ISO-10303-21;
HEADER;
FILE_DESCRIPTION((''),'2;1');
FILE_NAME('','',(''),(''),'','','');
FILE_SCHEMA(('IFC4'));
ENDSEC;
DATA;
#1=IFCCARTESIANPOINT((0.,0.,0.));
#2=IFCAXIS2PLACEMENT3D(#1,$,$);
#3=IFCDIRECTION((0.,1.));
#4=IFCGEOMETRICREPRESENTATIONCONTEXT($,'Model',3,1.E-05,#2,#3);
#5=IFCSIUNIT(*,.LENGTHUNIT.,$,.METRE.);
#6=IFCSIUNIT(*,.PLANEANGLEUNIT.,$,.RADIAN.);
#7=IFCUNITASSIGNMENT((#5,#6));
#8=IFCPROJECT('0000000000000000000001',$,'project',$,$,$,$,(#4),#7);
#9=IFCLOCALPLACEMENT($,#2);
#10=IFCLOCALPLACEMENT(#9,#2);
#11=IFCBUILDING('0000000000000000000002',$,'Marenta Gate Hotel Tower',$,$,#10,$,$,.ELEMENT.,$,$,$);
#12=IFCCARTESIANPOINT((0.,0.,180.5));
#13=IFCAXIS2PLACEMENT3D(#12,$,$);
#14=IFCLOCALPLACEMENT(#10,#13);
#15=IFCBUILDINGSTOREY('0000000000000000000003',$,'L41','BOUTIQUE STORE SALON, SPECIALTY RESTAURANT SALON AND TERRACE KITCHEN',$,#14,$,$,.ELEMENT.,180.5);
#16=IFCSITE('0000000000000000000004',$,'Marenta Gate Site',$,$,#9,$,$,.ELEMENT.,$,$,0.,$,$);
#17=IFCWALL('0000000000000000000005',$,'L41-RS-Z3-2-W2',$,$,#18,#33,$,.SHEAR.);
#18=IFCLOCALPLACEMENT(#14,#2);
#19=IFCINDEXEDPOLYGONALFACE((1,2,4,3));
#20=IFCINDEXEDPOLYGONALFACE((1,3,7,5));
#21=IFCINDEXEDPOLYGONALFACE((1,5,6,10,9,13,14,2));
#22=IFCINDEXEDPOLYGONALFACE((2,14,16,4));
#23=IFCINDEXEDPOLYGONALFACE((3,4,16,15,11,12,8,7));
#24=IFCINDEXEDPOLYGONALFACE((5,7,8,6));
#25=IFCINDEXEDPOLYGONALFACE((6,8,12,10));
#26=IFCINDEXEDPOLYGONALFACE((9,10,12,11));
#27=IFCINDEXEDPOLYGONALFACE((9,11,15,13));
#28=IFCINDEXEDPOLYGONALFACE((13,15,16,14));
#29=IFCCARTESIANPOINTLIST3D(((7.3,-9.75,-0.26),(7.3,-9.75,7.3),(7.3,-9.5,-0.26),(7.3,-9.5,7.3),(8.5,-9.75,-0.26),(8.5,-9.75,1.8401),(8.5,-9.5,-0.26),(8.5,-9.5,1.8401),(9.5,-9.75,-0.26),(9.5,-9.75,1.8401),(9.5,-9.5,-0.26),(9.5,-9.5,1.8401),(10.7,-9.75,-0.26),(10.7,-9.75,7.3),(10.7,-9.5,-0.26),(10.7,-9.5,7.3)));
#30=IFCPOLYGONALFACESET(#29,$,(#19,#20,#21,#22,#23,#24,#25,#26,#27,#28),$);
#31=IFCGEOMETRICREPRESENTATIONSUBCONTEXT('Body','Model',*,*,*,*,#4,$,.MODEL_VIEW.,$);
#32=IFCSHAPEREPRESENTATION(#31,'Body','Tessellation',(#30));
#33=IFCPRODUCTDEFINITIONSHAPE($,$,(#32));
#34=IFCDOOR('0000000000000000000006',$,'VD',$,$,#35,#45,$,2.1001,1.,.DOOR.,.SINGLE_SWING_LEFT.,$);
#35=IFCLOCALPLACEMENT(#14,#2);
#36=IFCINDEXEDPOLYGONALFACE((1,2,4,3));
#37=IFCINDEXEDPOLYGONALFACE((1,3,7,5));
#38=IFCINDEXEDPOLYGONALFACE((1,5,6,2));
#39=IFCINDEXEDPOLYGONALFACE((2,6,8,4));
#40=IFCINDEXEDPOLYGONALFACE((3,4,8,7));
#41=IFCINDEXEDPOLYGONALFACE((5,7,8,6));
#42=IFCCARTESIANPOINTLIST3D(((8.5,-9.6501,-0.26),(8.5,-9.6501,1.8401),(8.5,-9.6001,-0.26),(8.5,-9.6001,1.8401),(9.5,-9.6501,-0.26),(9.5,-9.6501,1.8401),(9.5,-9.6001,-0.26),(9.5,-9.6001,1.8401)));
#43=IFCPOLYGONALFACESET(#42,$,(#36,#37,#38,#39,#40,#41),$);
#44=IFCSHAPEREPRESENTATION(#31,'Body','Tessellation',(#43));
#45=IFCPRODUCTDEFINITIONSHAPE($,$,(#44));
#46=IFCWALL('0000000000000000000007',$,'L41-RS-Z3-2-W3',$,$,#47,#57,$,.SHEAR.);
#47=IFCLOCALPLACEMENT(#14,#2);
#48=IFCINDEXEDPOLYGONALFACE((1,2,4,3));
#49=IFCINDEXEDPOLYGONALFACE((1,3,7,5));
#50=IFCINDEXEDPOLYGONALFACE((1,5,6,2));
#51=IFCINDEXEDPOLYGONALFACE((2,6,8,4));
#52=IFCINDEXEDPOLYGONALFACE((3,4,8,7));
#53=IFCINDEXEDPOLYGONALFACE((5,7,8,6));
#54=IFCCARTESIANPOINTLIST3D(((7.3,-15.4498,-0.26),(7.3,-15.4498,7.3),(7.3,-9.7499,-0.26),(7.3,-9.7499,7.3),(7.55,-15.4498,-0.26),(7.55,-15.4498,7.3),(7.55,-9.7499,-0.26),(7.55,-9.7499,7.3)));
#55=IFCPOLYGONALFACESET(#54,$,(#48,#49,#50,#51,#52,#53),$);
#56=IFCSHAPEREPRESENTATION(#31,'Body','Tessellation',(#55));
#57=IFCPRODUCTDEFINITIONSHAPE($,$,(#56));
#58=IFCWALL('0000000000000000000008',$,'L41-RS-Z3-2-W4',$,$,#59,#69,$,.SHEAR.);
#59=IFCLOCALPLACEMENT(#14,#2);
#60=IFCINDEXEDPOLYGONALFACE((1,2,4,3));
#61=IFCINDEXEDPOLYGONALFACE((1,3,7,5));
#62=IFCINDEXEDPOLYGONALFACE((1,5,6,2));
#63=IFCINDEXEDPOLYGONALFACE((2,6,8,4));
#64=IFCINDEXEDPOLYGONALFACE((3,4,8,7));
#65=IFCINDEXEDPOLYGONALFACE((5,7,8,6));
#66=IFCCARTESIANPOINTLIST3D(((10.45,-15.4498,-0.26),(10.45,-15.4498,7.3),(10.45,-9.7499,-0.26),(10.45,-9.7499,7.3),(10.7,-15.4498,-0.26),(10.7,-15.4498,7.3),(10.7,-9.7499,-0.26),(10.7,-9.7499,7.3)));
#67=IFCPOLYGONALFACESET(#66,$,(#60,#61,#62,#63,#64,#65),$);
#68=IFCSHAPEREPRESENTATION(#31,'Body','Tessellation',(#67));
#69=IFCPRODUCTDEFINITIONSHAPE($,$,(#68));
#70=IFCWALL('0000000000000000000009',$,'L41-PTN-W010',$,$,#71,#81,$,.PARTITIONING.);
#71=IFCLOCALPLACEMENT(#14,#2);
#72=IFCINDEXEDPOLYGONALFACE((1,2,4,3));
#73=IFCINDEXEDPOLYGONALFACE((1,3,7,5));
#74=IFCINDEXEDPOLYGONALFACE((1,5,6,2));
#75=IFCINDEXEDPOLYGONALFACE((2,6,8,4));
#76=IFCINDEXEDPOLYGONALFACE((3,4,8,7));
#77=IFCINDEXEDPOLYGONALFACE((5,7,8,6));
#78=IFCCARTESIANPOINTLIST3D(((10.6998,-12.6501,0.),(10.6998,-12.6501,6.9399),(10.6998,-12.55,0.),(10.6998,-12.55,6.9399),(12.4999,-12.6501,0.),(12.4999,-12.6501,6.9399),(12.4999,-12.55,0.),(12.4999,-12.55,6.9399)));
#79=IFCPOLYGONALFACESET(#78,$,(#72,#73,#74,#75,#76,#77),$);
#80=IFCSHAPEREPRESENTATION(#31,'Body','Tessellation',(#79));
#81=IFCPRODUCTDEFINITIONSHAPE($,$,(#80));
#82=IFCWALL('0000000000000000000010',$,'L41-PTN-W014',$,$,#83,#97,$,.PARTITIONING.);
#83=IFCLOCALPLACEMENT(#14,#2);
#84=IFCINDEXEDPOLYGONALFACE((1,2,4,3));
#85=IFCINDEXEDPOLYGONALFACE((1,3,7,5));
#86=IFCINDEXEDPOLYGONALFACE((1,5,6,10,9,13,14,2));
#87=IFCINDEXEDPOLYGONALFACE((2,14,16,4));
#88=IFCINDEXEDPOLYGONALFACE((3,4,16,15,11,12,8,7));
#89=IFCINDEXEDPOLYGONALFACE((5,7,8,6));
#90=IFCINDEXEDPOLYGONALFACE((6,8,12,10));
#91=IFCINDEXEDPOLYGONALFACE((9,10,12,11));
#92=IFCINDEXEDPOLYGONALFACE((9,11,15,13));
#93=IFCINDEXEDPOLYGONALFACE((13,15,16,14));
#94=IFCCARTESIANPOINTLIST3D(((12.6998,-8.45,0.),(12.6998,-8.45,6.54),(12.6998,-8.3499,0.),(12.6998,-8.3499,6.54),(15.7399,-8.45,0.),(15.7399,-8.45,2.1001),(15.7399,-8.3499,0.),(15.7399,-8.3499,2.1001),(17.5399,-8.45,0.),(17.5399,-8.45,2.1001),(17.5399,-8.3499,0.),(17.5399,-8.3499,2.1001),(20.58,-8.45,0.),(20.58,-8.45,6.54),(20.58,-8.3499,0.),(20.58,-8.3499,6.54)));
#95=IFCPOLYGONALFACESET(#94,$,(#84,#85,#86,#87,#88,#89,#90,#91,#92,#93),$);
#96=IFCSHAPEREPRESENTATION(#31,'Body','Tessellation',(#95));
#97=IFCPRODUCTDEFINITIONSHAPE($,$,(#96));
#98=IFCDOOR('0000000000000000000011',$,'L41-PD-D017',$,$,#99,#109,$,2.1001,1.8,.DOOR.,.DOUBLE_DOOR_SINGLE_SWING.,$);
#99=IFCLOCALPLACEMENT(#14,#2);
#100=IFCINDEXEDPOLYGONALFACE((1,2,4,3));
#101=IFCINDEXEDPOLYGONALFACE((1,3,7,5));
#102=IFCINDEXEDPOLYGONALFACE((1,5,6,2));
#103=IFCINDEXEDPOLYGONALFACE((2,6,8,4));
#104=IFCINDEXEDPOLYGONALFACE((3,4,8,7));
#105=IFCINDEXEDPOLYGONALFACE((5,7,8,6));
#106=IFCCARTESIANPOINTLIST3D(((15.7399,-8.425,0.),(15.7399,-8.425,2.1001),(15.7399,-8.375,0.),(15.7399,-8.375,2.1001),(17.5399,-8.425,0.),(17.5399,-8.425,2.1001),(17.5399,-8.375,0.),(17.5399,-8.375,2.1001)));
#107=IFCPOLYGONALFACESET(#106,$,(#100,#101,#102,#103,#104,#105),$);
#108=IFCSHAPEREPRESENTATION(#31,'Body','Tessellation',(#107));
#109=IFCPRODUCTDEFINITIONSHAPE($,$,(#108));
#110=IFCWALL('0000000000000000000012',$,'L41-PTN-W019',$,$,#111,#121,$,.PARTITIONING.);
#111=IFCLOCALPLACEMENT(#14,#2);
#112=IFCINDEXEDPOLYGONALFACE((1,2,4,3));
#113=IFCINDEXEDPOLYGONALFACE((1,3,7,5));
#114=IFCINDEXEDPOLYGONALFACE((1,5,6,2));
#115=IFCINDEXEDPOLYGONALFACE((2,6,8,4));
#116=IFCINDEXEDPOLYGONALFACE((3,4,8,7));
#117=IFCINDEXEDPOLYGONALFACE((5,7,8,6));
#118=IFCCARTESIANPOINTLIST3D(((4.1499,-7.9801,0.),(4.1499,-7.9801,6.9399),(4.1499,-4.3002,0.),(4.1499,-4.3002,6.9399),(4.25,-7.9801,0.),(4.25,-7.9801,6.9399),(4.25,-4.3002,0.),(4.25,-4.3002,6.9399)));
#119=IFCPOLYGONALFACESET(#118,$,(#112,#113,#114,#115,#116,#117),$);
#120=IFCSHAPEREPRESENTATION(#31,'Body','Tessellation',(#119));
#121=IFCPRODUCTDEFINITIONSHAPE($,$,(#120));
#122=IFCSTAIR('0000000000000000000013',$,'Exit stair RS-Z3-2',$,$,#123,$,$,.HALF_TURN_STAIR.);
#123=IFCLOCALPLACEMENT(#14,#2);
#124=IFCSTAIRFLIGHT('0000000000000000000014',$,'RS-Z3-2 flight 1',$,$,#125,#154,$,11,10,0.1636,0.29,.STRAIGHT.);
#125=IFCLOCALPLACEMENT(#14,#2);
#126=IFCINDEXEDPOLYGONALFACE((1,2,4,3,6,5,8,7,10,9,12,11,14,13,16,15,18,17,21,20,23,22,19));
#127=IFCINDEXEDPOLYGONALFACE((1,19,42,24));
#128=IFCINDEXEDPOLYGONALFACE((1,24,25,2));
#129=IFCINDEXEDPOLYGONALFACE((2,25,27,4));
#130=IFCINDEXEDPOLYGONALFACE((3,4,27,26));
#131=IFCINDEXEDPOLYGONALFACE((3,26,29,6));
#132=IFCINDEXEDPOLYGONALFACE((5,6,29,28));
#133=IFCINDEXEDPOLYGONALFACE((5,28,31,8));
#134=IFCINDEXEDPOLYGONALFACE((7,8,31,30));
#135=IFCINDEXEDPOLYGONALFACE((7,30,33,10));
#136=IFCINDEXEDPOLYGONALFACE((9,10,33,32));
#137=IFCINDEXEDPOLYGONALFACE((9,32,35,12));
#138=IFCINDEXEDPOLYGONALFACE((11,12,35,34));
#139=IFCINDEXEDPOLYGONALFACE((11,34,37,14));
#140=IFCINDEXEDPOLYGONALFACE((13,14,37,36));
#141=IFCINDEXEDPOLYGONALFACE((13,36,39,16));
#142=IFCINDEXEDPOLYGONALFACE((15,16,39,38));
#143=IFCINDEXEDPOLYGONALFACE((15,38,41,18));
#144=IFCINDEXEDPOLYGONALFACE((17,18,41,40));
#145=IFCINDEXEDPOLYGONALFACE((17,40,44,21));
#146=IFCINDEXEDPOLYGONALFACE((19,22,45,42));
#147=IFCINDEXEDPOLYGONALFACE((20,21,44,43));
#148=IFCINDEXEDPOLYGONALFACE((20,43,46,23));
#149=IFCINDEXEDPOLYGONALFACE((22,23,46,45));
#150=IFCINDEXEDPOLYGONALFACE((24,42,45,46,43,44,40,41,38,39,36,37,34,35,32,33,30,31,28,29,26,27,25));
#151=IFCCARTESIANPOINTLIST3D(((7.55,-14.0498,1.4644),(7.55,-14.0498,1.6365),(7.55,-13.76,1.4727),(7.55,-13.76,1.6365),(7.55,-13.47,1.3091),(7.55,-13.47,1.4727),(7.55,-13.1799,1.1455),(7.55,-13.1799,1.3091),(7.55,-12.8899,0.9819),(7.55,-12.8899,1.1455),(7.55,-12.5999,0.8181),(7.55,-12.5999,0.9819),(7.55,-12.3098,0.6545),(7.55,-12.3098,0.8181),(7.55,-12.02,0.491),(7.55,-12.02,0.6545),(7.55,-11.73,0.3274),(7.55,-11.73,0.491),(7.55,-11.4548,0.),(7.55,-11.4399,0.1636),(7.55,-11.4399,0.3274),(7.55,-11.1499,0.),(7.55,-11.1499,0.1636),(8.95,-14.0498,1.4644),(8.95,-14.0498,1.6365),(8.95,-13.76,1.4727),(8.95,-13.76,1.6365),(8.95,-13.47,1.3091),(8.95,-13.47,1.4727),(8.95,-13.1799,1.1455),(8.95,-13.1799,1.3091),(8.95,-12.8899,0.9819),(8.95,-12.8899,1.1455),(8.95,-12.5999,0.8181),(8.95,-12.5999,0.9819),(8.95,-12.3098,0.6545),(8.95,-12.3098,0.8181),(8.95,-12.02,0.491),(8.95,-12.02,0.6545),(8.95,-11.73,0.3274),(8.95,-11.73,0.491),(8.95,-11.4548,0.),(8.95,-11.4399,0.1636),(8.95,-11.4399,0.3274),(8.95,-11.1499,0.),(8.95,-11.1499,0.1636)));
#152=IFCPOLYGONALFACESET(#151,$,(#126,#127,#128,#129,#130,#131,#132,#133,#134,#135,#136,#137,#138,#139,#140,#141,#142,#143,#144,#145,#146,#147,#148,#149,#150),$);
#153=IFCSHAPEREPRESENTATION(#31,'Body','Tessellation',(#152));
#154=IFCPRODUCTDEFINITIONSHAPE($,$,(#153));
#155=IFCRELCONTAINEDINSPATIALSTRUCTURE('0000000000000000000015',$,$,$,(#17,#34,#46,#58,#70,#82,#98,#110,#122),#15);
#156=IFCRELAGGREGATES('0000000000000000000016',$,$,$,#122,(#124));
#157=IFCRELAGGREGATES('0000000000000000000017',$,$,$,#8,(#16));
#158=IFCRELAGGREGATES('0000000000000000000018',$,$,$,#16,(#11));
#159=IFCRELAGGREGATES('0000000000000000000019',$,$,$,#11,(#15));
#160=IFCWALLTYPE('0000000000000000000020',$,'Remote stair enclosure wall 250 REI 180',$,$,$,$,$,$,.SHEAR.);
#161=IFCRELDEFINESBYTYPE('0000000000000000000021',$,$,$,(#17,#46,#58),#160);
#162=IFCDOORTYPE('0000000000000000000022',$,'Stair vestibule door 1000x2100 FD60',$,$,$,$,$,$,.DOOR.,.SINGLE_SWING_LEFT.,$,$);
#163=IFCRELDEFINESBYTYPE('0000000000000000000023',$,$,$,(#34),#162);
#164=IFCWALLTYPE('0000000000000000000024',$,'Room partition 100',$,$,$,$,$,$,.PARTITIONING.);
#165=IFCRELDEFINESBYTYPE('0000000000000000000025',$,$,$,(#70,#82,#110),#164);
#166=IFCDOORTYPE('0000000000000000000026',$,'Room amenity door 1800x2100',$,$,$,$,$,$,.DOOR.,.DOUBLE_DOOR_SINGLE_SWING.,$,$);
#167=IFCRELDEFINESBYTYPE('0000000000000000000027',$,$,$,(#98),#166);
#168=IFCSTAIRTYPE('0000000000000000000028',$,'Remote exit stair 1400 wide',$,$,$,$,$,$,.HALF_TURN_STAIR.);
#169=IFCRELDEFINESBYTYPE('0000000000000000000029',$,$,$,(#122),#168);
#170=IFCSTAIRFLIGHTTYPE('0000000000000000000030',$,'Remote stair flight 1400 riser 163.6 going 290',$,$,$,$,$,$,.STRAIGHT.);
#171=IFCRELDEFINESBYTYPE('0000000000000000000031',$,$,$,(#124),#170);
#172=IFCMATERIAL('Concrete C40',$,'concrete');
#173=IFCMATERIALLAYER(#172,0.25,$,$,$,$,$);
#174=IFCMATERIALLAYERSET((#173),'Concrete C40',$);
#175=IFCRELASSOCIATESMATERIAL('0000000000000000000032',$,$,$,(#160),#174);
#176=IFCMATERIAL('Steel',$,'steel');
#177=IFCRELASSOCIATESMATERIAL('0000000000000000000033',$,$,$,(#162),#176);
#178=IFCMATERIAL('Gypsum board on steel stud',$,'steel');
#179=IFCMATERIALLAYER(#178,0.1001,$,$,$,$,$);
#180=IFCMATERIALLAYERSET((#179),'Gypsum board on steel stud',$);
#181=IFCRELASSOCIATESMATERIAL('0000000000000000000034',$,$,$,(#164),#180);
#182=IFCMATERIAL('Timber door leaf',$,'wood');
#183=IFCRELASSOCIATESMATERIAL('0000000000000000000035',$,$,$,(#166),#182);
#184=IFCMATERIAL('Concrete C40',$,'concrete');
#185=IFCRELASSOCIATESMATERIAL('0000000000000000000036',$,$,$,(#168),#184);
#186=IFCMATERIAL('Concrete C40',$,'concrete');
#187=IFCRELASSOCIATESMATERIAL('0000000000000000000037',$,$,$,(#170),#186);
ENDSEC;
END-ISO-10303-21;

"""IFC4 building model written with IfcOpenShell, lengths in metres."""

from ifc_helpers import new_model, si_unit, direction, frame, frame_2d, origin, place, context, subcontext, project, spatial, polyline, rectangle, outline, extrude, material, layer, layer_set, type_object, element, fill, aggregate, save


model = new_model("IFC4")

# Units and contexts
model_context = context("Model", 3, precision=1e-05, world=origin(), true_north=direction((0.0, 1.0)))
body_context = subcontext(model_context, "Body", "Model", "MODEL_VIEW")
ifc_project = project(units=[si_unit("LENGTHUNIT", "METRE"), si_unit("PLANEANGLEUNIT", "RADIAN")], contexts=[model_context])

# Site, building, storey
site_placement = place(None, origin())
site = spatial("IfcSite", under=ifc_project, at=site_placement, Name="Marenta Gate Site", CompositionType="ELEMENT", RefElevation=0.0)
building_placement = place(site_placement, origin())
building = spatial("IfcBuilding", under=site, at=building_placement, Name="Marenta Gate Hotel Tower", CompositionType="ELEMENT")
storey_placement = place(building_placement, frame((0.0, 0.0, 180.5)))
storey = spatial("IfcBuildingStorey", under=building, at=storey_placement, Name="L41", Description="BOUTIQUE STORE SALON, SPECIALTY RESTAURANT SALON AND TERRACE KITCHEN", CompositionType="ELEMENT", Elevation=180.5)

# Wall, opening, door
ifc_material_1 = material(Name="Concrete C40", Category="concrete")
ifc_layer_1 = layer(ifc_material_1, 0.25)
ifc_layer_set_1 = layer_set([ifc_layer_1], Name="Concrete C40")
wall_type_1 = type_object("IfcWallType", Name="Remote stair enclosure wall 250 REI 180", PredefinedType="SHEAR", material=ifc_layer_set_1)
wall_1_placement = place(storey_placement, frame((7.3, -9.625, -0.26), z_axis=(0.0, 0.0, 1.0), x_axis=(1.0, 0.0, 0.0)))
wall_1 = element("IfcWall", 1, at=wall_1_placement, inside=storey, type_object=wall_type_1, Name="L41-RS-Z3-2-W2", PredefinedType="SHEAR", context=body_context, shape_type="SweptSolid", body=[
    extrude(rectangle(XDim=3.3999, YDim=0.25, at=frame_2d((1.7, 0.0))), origin(), (0.0, 0.0, 1.0), 7.5601),
])
opening_1_placement = place(wall_1_placement, frame((1.2, 0.0, 0.0)))
opening_1 = element("IfcOpeningElement", 2, at=opening_1_placement, cuts=wall_1, PredefinedType="OPENING", context=body_context, shape_type="SweptSolid", body=[
    extrude(rectangle(XDim=1.0, YDim=2.1001, at=frame_2d((0.5, 1.05))), frame((0.0, 0.125, 0.0), z_axis=(0.0, -1.0, 0.0), x_axis=(1.0, 0.0, 0.0)), (0.0, 0.0, 1.0), 0.25),
])
ifc_material_2 = material(Name="Steel", Category="steel")
door_type_1 = type_object("IfcDoorType", Name="Stair vestibule door 1000x2100 FD60", OperationType="SINGLE_SWING_LEFT", PredefinedType="DOOR", material=ifc_material_2)
door_1_placement = place(opening_1_placement, origin())
door_1 = element("IfcDoor", 3, at=door_1_placement, inside=storey, type_object=door_type_1, Name="VD", OperationType="SINGLE_SWING_LEFT", OverallHeight=2.1001, OverallWidth=1.0, PredefinedType="DOOR", context=body_context, shape_type="SweptSolid", body=[
    extrude(rectangle(XDim=1.0, YDim=2.1001, at=frame_2d((0.5, 1.05))), frame((0.0, 0.0249, 0.0), z_axis=(0.0, -1.0, 0.0), x_axis=(1.0, 0.0, 0.0)), (0.0, 0.0, 1.0), 0.05),
])
fill(opening_1, door_1)

# Walls
for number, where, z_axis, x_axis, name in (
    (4, (7.425, -15.45, -0.26), (0.0, 0.0, 1.0), (0.0, 1.0, 0.0), "L41-RS-Z3-2-W3"),
    (5, (10.575, -15.45, -0.26), (0.0, 0.0, 1.0), (0.0, 1.0, 0.0), "L41-RS-Z3-2-W4"),
):
    element("IfcWall", number, at=place(storey_placement, frame(where, z_axis=z_axis, x_axis=x_axis)), inside=storey, type_object=wall_type_1, Name=name, PredefinedType="SHEAR", context=body_context, shape_type="SweptSolid", body=[
        extrude(rectangle(XDim=5.7, YDim=0.25, at=frame_2d((2.8501, 0.0))), origin(), (0.0, 0.0, 1.0), 7.5601),
    ])
ifc_material_3 = material(Name="Gypsum board on steel stud", Category="steel")
ifc_layer_2 = layer(ifc_material_3, 0.1001)
ifc_layer_set_2 = layer_set([ifc_layer_2], Name="Gypsum board on steel stud")
wall_type_2 = type_object("IfcWallType", Name="Room partition 100", PredefinedType="PARTITIONING", material=ifc_layer_set_2)
wall_2_placement = place(storey_placement, frame((10.7, -12.6001, 0.0), z_axis=(0.0, 0.0, 1.0), x_axis=(1.0, 0.0, 0.0)))
element("IfcWall", 6, at=wall_2_placement, inside=storey, type_object=wall_type_2, Name="L41-PTN-W010", PredefinedType="PARTITIONING", context=body_context, shape_type="SweptSolid", body=[
    extrude(rectangle(XDim=1.8, YDim=0.1001, at=frame_2d((0.8999, 0.0))), origin(), (0.0, 0.0, 1.0), 6.9399),
])

# Wall, opening, door
wall_3_placement = place(storey_placement, frame((12.7, -8.3999, 0.0), z_axis=(0.0, 0.0, 1.0), x_axis=(1.0, 0.0, 0.0)))
wall_3 = element("IfcWall", 7, at=wall_3_placement, inside=storey, type_object=wall_type_2, Name="L41-PTN-W014", PredefinedType="PARTITIONING", context=body_context, shape_type="SweptSolid", body=[
    extrude(rectangle(XDim=7.8801, YDim=0.1001, at=frame_2d((3.9399, 0.0))), origin(), (0.0, 0.0, 1.0), 6.54),
])
opening_2_placement = place(wall_3_placement, frame((3.04, 0.0, 0.0)))
opening_2 = element("IfcOpeningElement", 8, at=opening_2_placement, cuts=wall_3, PredefinedType="OPENING", context=body_context, shape_type="SweptSolid", body=[
    extrude(rectangle(XDim=1.8, YDim=2.1001, at=frame_2d((0.8999, 1.05))), frame((0.0, 0.05, 0.0), z_axis=(0.0, -1.0, 0.0), x_axis=(1.0, 0.0, 0.0)), (0.0, 0.0, 1.0), 0.1001),
])
ifc_material_4 = material(Name="Timber door leaf", Category="wood")
door_type_2 = type_object("IfcDoorType", Name="Room amenity door 1800x2100", OperationType="DOUBLE_DOOR_SINGLE_SWING", PredefinedType="DOOR", material=ifc_material_4)
door_2_placement = place(opening_2_placement, origin())
door_2 = element("IfcDoor", 9, at=door_2_placement, inside=storey, type_object=door_type_2, Name="L41-PD-D017", OperationType="DOUBLE_DOOR_SINGLE_SWING", OverallHeight=2.1001, OverallWidth=1.8, PredefinedType="DOOR", context=body_context, shape_type="SweptSolid", body=[
    extrude(rectangle(XDim=1.8, YDim=2.1001, at=frame_2d((0.8999, 1.05))), frame((0.0, 0.0249, 0.0), z_axis=(0.0, -1.0, 0.0), x_axis=(1.0, 0.0, 0.0)), (0.0, 0.0, 1.0), 0.05),
])
fill(opening_2, door_2)

# Wall
wall_4_placement = place(storey_placement, frame((4.2, -7.98, 0.0), z_axis=(0.0, 0.0, 1.0), x_axis=(0.0, 1.0, 0.0)))
element("IfcWall", 10, at=wall_4_placement, inside=storey, type_object=wall_type_2, Name="L41-PTN-W019", PredefinedType="PARTITIONING", context=body_context, shape_type="SweptSolid", body=[
    extrude(rectangle(XDim=3.6799, YDim=0.1001, at=frame_2d((1.8398, 0.0))), origin(), (0.0, 0.0, 1.0), 6.9399),
])

# Stair, stair flight
ifc_material_5 = material(Name="Concrete C40", Category="concrete")
stair_type = type_object("IfcStairType", Name="Remote exit stair 1400 wide", PredefinedType="HALF_TURN_STAIR", material=ifc_material_5)
stair_placement = place(storey_placement, origin())
stair = element("IfcStair", 11, at=stair_placement, inside=storey, type_object=stair_type, Name="Exit stair RS-Z3-2", PredefinedType="HALF_TURN_STAIR")
ifc_material_6 = material(Name="Concrete C40", Category="concrete")
stair_flight_type = type_object("IfcStairFlightType", Name="Remote stair flight 1400 riser 163.6 going 290", PredefinedType="STRAIGHT", material=ifc_material_6)
stair_flight_1_placement = place(storey_placement, frame((8.25, -11.1499, 0.0), z_axis=(0.0, 0.0, 1.0), x_axis=(0.0, -1.0, 0.0)))
stair_flight_1 = element("IfcStairFlight", 12, at=stair_flight_1_placement, type_object=stair_flight_type, Name="RS-Z3-2 flight 1", NumberOfRisers=11, NumberOfTreads=10, PredefinedType="STRAIGHT", RiserHeight=0.1636, TreadLength=0.29, context=body_context, shape_type="SweptSolid", body=[
    extrude(outline(polyline([(0.0, 0.0), (0.0, 0.1636), (0.29, 0.1636), (0.29, 0.3274), (0.5801, 0.3274), (0.5801, 0.491), (0.8701, 0.491), (0.8701, 0.6545), (1.1599, 0.6545), (1.1599, 0.8181), (1.45, 0.8181), (1.45, 0.9819), (1.74, 0.9819), (1.74, 1.1455), (2.03, 1.1455), (2.03, 1.3091), (2.3201, 1.3091), (2.3201, 1.4727), (2.6101, 1.4727), (2.6101, 1.6365), (2.8999, 1.6365), (2.8999, 1.8), (2.8999, 1.4644), (0.3049, 0.0), (0.0, 0.0)])), frame((0.0, 0.7, 0.0), z_axis=(0.0, -1.0, 0.0), x_axis=(1.0, 0.0, 0.0)), (0.0, 0.0, 1.0), 1.3999),
])
aggregate(stair, [stair_flight_1])

save(model, "model.ifc")
